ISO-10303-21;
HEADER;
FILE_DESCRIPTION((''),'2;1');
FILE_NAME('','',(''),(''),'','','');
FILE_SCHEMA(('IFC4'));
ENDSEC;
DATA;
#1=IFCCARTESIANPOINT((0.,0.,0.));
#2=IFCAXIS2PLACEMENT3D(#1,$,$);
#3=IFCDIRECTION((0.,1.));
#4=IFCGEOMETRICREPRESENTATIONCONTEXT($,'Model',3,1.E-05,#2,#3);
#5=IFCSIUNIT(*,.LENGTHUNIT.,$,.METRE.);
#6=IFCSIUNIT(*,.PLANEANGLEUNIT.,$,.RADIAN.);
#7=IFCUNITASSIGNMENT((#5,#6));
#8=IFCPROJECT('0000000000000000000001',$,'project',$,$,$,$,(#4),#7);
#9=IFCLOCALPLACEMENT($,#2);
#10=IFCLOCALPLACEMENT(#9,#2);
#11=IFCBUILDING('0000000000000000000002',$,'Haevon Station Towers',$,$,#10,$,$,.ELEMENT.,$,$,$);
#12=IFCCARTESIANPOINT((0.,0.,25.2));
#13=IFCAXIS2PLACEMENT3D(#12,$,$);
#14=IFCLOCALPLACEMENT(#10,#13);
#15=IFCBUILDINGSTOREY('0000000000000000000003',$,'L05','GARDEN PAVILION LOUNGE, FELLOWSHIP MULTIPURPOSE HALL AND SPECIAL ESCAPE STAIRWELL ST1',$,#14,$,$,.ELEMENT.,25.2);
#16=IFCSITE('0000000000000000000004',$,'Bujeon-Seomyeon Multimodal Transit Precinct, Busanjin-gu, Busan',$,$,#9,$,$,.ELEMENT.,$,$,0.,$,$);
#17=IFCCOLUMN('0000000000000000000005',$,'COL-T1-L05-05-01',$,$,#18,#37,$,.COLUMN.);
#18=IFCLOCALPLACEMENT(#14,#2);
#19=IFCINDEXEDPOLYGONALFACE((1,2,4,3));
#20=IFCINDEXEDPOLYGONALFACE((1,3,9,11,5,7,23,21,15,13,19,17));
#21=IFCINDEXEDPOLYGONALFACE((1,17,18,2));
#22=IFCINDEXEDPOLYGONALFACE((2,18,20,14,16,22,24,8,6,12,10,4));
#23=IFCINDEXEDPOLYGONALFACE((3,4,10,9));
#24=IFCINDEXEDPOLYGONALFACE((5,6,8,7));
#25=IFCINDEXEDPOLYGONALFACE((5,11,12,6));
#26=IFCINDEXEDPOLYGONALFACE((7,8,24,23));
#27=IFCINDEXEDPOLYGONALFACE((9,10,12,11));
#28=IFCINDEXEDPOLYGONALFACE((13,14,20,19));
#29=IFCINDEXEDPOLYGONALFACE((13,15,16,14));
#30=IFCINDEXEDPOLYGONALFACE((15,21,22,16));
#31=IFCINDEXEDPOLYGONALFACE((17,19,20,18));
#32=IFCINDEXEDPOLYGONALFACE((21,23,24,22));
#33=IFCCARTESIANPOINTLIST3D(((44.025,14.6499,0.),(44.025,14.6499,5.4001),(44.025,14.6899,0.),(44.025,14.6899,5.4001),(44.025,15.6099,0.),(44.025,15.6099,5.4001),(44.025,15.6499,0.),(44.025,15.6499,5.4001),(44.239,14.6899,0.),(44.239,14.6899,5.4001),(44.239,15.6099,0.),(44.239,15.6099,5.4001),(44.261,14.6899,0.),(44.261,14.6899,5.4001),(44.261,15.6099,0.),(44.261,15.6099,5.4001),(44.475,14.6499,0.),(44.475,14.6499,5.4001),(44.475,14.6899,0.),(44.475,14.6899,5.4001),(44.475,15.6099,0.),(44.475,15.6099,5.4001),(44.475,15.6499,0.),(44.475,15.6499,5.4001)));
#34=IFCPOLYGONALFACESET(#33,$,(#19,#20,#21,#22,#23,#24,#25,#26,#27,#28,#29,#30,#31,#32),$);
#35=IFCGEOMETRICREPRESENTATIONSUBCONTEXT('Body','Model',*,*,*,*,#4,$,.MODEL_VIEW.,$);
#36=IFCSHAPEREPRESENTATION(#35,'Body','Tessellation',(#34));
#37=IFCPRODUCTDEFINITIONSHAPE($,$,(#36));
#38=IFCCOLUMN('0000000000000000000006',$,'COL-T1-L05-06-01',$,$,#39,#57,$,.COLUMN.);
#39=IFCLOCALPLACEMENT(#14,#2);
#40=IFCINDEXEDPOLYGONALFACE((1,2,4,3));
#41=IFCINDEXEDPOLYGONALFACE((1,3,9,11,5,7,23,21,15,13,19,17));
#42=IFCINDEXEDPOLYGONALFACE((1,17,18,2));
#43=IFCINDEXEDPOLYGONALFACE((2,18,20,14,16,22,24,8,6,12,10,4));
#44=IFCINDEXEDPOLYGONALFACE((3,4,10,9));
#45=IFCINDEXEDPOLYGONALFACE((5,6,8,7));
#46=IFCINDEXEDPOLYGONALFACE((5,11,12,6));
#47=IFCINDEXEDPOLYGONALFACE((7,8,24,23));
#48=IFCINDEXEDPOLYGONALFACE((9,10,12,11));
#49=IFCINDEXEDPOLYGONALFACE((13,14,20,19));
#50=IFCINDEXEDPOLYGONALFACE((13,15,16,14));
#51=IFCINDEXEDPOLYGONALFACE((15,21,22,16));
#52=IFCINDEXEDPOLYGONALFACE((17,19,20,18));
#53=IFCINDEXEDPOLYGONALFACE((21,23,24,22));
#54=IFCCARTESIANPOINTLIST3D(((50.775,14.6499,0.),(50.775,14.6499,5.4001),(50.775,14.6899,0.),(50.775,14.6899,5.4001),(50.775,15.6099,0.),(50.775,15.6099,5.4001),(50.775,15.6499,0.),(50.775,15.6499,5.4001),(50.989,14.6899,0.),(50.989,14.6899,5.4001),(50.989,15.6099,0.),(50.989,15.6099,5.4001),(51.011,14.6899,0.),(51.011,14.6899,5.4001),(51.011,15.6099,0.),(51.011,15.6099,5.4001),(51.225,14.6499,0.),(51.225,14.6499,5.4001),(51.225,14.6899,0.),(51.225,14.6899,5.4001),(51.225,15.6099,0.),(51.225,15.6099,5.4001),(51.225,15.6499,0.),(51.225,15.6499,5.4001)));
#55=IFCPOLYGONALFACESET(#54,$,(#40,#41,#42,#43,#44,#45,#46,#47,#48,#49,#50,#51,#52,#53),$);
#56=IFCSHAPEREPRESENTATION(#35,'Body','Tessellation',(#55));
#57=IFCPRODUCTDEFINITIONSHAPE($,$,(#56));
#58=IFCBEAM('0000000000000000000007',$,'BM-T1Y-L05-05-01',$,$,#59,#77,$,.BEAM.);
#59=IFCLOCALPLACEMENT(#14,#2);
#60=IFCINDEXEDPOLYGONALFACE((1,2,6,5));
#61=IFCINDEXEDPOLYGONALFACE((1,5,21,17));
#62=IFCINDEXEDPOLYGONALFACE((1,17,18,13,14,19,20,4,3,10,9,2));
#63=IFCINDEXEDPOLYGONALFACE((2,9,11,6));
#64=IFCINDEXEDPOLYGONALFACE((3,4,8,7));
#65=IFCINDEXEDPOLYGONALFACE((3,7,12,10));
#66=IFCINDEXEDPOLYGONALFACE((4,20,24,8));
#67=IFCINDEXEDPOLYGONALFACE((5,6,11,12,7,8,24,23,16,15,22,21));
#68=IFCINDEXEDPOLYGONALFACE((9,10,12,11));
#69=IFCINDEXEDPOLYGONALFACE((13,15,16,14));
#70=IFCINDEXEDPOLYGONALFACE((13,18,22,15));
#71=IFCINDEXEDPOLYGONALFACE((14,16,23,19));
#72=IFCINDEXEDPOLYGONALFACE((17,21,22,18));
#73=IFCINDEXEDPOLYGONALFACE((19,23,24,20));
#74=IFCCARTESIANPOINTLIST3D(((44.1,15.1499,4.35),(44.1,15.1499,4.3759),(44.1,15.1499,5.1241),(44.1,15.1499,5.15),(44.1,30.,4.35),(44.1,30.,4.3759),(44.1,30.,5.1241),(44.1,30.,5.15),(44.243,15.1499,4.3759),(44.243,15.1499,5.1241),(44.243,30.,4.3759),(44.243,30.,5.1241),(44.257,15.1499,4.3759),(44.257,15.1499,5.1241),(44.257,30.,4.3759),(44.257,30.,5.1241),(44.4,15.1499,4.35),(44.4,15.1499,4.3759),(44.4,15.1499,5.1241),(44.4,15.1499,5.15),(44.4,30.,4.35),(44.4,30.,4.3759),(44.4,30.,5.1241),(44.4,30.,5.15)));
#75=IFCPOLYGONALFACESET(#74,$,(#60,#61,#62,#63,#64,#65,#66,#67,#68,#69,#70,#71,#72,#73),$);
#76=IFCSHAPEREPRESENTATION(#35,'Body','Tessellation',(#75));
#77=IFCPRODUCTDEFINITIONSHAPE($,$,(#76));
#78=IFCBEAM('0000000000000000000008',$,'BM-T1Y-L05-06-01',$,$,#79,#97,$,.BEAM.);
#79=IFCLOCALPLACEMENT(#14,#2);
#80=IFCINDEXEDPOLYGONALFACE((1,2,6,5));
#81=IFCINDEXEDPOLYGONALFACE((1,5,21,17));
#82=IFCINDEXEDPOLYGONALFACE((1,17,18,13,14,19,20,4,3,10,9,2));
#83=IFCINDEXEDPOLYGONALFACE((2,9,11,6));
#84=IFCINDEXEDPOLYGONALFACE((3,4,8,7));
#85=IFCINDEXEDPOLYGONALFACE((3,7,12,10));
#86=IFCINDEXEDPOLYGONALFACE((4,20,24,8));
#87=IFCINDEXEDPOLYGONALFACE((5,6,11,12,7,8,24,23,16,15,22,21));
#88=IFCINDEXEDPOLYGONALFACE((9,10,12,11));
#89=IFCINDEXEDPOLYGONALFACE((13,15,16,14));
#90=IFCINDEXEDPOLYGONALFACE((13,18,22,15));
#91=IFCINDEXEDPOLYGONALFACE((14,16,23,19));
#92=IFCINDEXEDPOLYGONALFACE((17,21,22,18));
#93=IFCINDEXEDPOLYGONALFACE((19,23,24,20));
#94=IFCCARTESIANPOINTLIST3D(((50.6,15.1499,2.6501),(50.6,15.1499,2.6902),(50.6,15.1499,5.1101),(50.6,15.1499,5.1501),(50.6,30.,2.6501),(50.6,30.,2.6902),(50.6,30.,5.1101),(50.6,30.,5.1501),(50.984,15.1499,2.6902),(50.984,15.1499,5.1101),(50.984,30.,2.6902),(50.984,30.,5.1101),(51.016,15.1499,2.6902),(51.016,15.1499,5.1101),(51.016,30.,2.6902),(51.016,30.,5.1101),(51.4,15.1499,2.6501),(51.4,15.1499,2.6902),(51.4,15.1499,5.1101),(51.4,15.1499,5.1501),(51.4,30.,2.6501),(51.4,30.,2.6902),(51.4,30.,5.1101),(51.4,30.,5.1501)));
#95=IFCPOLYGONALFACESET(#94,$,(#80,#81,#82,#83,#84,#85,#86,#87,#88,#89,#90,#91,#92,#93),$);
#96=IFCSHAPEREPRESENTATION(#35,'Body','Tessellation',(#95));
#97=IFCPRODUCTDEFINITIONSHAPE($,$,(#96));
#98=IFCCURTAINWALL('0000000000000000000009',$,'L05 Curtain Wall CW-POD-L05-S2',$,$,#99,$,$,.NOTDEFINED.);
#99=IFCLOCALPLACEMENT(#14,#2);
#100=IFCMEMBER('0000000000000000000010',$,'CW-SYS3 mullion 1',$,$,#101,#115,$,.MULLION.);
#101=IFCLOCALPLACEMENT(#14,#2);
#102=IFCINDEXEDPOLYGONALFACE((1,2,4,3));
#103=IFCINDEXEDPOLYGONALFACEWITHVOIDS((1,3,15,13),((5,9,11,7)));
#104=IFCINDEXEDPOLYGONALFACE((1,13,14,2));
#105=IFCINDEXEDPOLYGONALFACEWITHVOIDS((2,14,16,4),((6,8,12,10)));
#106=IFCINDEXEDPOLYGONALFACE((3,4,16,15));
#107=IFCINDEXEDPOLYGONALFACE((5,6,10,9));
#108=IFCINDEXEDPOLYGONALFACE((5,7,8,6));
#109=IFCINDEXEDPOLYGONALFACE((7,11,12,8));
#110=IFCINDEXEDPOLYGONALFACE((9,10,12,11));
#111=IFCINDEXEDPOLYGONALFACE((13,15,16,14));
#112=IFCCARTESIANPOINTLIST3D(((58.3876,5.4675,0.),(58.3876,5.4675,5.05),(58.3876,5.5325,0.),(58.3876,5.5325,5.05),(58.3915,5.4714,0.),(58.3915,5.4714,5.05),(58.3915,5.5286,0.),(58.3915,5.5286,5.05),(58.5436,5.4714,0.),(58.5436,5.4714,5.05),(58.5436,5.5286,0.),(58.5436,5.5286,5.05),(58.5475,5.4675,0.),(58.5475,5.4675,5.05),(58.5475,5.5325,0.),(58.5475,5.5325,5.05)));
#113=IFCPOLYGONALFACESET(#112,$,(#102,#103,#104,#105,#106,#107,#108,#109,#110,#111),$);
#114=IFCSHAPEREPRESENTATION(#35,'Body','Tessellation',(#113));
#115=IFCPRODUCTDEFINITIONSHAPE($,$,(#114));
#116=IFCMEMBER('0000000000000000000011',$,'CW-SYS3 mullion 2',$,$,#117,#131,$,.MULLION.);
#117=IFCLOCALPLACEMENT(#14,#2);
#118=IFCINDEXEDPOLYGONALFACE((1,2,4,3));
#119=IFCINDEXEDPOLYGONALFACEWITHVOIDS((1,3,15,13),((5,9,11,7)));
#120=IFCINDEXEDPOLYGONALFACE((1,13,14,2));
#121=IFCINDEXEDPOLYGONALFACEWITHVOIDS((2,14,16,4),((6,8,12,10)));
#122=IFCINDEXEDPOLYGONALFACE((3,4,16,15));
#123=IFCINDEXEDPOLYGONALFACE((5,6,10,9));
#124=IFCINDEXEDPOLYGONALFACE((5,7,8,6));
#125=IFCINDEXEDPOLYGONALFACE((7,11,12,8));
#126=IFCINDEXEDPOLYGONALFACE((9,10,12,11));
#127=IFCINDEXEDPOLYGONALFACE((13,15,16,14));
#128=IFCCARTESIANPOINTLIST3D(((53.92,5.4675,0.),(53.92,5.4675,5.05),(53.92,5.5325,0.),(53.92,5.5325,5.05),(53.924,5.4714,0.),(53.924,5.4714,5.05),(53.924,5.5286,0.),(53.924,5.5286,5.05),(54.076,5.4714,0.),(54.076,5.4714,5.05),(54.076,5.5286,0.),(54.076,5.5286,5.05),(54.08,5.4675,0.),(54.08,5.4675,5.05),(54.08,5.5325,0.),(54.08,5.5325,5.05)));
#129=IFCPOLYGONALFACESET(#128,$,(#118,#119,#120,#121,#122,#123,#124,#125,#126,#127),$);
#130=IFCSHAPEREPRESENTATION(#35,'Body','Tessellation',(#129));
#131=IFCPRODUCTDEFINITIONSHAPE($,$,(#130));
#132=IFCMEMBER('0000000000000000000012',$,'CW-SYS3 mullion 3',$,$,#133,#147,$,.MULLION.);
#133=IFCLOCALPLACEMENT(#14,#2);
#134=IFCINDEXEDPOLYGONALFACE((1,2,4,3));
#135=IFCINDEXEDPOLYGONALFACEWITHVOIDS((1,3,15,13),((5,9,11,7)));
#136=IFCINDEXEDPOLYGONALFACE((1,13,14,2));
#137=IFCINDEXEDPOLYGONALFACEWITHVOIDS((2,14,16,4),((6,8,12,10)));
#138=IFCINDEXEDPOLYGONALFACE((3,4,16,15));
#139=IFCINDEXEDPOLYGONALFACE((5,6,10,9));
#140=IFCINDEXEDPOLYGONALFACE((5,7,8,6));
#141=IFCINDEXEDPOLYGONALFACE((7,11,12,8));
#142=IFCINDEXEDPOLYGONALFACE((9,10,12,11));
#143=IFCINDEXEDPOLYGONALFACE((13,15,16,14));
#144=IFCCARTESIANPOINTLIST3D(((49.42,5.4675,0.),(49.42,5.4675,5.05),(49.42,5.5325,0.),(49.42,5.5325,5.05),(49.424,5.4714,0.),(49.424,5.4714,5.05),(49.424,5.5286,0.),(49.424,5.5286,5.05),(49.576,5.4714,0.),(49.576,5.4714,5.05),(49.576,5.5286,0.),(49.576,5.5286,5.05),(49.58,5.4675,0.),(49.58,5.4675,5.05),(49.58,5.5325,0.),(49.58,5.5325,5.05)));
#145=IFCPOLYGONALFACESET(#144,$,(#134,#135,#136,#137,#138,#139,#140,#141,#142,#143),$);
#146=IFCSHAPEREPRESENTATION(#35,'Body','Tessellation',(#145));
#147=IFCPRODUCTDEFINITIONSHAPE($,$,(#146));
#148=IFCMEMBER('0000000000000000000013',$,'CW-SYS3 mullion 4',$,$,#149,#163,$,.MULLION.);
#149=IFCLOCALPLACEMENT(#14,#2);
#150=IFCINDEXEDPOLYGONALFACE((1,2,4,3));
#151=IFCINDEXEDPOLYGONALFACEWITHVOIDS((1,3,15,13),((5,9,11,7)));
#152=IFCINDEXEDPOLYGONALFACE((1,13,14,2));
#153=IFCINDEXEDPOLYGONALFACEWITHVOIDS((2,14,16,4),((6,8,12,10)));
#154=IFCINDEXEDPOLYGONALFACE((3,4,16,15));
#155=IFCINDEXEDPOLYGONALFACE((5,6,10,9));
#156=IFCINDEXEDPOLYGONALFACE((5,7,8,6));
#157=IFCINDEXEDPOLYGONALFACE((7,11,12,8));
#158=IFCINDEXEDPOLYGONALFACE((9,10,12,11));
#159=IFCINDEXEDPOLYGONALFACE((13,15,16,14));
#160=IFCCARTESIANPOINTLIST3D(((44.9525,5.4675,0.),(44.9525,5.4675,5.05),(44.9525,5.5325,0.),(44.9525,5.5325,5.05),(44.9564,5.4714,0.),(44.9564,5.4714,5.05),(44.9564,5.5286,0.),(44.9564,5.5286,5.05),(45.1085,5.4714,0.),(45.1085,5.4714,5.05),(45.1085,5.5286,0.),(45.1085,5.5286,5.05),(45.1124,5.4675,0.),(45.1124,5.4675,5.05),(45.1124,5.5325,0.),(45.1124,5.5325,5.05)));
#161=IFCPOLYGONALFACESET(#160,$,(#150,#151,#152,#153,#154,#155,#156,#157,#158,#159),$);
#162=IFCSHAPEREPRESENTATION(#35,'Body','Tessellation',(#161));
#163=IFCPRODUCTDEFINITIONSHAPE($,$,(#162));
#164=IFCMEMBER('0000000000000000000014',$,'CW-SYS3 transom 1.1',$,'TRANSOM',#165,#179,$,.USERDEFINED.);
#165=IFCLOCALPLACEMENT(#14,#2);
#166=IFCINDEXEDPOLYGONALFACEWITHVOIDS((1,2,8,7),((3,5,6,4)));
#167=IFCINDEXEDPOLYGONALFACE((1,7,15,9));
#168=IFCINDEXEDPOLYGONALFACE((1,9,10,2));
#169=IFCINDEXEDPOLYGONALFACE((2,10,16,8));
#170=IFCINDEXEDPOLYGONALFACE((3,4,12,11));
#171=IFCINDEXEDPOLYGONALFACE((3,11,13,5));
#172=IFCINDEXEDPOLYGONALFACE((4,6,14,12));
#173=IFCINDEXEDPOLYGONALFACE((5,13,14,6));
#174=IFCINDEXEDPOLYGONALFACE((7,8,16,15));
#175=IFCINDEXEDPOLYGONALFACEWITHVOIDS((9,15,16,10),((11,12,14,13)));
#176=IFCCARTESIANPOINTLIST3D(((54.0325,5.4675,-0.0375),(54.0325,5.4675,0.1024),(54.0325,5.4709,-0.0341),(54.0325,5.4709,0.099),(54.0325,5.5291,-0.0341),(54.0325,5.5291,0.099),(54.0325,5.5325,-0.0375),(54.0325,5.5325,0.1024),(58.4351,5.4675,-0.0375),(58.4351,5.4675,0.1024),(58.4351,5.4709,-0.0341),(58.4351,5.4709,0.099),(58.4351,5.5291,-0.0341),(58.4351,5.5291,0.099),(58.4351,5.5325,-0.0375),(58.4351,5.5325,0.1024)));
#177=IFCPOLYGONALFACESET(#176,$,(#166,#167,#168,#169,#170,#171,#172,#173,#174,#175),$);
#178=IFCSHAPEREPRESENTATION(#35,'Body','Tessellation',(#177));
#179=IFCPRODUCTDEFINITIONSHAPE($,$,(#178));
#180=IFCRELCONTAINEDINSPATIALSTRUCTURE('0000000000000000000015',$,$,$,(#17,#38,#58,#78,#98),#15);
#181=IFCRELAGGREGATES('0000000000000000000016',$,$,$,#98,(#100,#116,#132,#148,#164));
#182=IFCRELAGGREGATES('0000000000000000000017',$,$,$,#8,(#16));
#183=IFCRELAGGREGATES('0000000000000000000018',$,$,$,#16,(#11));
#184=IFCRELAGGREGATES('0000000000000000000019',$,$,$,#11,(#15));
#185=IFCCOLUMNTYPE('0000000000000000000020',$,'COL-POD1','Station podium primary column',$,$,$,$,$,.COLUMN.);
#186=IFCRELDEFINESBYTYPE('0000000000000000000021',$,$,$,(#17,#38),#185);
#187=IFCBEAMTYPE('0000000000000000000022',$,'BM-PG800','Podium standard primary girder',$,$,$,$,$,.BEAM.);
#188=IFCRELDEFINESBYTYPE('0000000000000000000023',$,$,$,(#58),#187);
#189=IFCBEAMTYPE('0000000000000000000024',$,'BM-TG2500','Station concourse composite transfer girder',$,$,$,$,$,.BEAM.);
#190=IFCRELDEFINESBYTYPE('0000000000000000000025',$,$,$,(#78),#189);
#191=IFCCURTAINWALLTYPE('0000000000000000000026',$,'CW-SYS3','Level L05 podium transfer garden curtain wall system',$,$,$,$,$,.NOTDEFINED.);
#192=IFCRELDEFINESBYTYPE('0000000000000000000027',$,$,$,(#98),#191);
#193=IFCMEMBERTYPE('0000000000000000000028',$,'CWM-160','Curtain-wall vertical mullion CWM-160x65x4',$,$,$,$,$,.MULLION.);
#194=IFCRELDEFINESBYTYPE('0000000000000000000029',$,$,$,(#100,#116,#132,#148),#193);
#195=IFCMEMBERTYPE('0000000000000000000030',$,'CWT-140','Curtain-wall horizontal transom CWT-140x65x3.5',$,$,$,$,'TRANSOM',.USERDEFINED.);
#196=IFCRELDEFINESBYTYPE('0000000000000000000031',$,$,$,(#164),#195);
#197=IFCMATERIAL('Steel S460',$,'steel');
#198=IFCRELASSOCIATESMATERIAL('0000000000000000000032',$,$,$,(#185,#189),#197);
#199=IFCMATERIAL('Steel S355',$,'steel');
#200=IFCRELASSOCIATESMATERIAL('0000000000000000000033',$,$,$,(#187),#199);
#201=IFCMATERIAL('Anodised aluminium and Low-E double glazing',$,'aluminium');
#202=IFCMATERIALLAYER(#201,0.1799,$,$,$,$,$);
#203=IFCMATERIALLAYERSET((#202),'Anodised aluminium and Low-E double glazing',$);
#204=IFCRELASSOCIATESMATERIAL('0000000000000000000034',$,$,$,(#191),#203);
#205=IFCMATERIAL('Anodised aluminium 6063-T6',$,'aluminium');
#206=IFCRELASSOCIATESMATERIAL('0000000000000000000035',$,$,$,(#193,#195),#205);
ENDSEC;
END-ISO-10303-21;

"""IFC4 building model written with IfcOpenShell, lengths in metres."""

from ifc_helpers import new_model, si_unit, direction, frame, origin, origin_2d, place, context, subcontext, project, spatial, hollow_rectangle, i_section, extrude, material, layer, layer_set, material_profile, profile_set, type_object, element, aggregate, save


model = new_model("IFC4")

# Units and contexts
model_context = context("Model", 3, precision=1e-05, world=origin(), true_north=direction((0.0, 1.0)))
body_context = subcontext(model_context, "Body", "Model", "MODEL_VIEW")
ifc_project = project(units=[si_unit("LENGTHUNIT", "METRE"), si_unit("PLANEANGLEUNIT", "RADIAN")], contexts=[model_context])

# Site, building, storey
site_placement = place(None, origin())
site = spatial("IfcSite", under=ifc_project, at=site_placement, Name="Bujeon-Seomyeon Multimodal Transit Precinct, Busanjin-gu, Busan", CompositionType="ELEMENT", RefElevation=0.0)
building_placement = place(site_placement, origin())
building = spatial("IfcBuilding", under=site, at=building_placement, Name="Haevon Station Towers", CompositionType="ELEMENT")
storey_placement = place(building_placement, frame((0.0, 0.0, 25.2)))
storey = spatial("IfcBuildingStorey", under=building, at=storey_placement, Name="L05", Description="GARDEN PAVILION LOUNGE, FELLOWSHIP MULTIPURPOSE HALL AND SPECIAL ESCAPE STAIRWELL ST1", CompositionType="ELEMENT", Elevation=25.2)

# Columns
ifc_material_1 = material(Name="Steel S460", Category="steel")
ifc_material_profile_1 = material_profile(ifc_material_1, i_section(OverallWidth=0.45, OverallDepth=1.0, WebThickness=0.022, FlangeThickness=0.04, at=origin_2d()), Name="H-1000x450x22x40")
ifc_profile_set_1 = profile_set([ifc_material_profile_1], Name="Steel S460")
column_type = type_object("IfcColumnType", Name="COL-POD1", Description="Station podium primary column", PredefinedType="COLUMN", material=ifc_profile_set_1)
for number, where, z_axis, x_axis, name in (
    (1, (44.25, 15.1499, 0.0), (0.0, 0.0, 1.0), (1.0, 0.0, 0.0), "COL-T1-L05-05-01"),
    (2, (51.0, 15.1499, 0.0), (0.0, 0.0, 1.0), (1.0, 0.0, 0.0), "COL-T1-L05-06-01"),
):
    element("IfcColumn", number, at=place(storey_placement, frame(where, z_axis=z_axis, x_axis=x_axis)), inside=storey, type_object=column_type, Name=name, PredefinedType="COLUMN", context=body_context, shape_type="SweptSolid", body=[
        extrude(i_section(OverallWidth=0.45, OverallDepth=1.0, WebThickness=0.022, FlangeThickness=0.04, at=origin_2d()), origin(), (0.0, 0.0, 1.0), 5.4001),
    ])

# Beams
ifc_material_2 = material(Name="Steel S355", Category="steel")
ifc_material_profile_2 = material_profile(ifc_material_2, i_section(OverallWidth=0.3, OverallDepth=0.8, WebThickness=0.0139, FlangeThickness=0.0259, at=origin_2d()), Name="H-800x300x14x26")
ifc_profile_set_2 = profile_set([ifc_material_profile_2], Name="Steel S355")
beam_type_1 = type_object("IfcBeamType", Name="BM-PG800", Description="Podium standard primary girder", PredefinedType="BEAM", material=ifc_profile_set_2)
beam_1_placement = place(storey_placement, frame((44.25, 15.1499, 4.75), z_axis=(0.0, 1.0, 0.0), x_axis=(-1.0, 0.0, 0.0)))
element("IfcBeam", 3, at=beam_1_placement, inside=storey, type_object=beam_type_1, Name="BM-T1Y-L05-05-01", PredefinedType="BEAM", context=body_context, shape_type="SweptSolid", body=[
    extrude(i_section(OverallWidth=0.3, OverallDepth=0.8, WebThickness=0.0139, FlangeThickness=0.0259, at=origin_2d()), origin(), (0.0, 0.0, 1.0), 14.8501),
])
ifc_material_profile_3 = material_profile(ifc_material_1, i_section(OverallWidth=0.8, OverallDepth=2.5, WebThickness=0.032, FlangeThickness=0.04, at=origin_2d()), Name="H-2500x800x32x40")
ifc_profile_set_3 = profile_set([ifc_material_profile_3], Name="Steel S460")
beam_type_2 = type_object("IfcBeamType", Name="BM-TG2500", Description="Station concourse composite transfer girder", PredefinedType="BEAM", material=ifc_profile_set_3)
beam_2_placement = place(storey_placement, frame((51.0, 15.1499, 3.9001), z_axis=(0.0, 1.0, 0.0), x_axis=(-1.0, 0.0, 0.0)))
element("IfcBeam", 4, at=beam_2_placement, inside=storey, type_object=beam_type_2, Name="BM-T1Y-L05-06-01", PredefinedType="BEAM", context=body_context, shape_type="SweptSolid", body=[
    extrude(i_section(OverallWidth=0.8, OverallDepth=2.5, WebThickness=0.032, FlangeThickness=0.04, at=origin_2d()), origin(), (0.0, 0.0, 1.0), 14.8501),
])

# Curtain wall, members
ifc_material_3 = material(Name="Anodised aluminium and Low-E double glazing", Category="aluminium")
ifc_layer_1 = layer(ifc_material_3, 0.1799)
ifc_layer_set_1 = layer_set([ifc_layer_1], Name="Anodised aluminium and Low-E double glazing")
curtain_wall_type = type_object("IfcCurtainWallType", Name="CW-SYS3", Description="Level L05 podium transfer garden curtain wall system", PredefinedType="NOTDEFINED", material=ifc_layer_set_1)
curtain_wall_placement = place(storey_placement, origin())
curtain_wall = element("IfcCurtainWall", 5, at=curtain_wall_placement, inside=storey, type_object=curtain_wall_type, Name="L05 Curtain Wall CW-POD-L05-S2", PredefinedType="NOTDEFINED")
ifc_material_4 = material(Name="Anodised aluminium 6063-T6", Category="aluminium")
ifc_material_profile_4 = material_profile(ifc_material_4, hollow_rectangle(XDim=0.0649, YDim=0.1599, WallThickness=0.0039, at=origin_2d()), Name="CWM-160x65x4")
ifc_profile_set_4 = profile_set([ifc_material_profile_4], Name="Anodised aluminium 6063-T6")
member_type_1 = type_object("IfcMemberType", Name="CWM-160", Description="Curtain-wall vertical mullion CWM-160x65x4", PredefinedType="MULLION", material=ifc_profile_set_4)
member_1_placement = place(storey_placement, frame((58.4675, 5.5, 0.0), z_axis=(0.0, 0.0, 1.0), x_axis=(0.0, -1.0, 0.0)))
member_1 = element("IfcMember", 6, at=member_1_placement, type_object=member_type_1, Name="CW-SYS3 mullion 1", PredefinedType="MULLION", context=body_context, shape_type="SweptSolid", body=[
    extrude(hollow_rectangle(XDim=0.0649, YDim=0.1599, WallThickness=0.0039, at=origin_2d()), origin(), (0.0, 0.0, 1.0), 5.05),
])
member_2_placement = place(storey_placement, frame((54.0, 5.5, 0.0), z_axis=(0.0, 0.0, 1.0), x_axis=(0.0, -1.0, 0.0)))
member_2 = element("IfcMember", 7, at=member_2_placement, type_object=member_type_1, Name="CW-SYS3 mullion 2", PredefinedType="MULLION", context=body_context, shape_type="SweptSolid", body=[
    extrude(hollow_rectangle(XDim=0.0649, YDim=0.1599, WallThickness=0.0039, at=origin_2d()), origin(), (0.0, 0.0, 1.0), 5.05),
])
member_3_placement = place(storey_placement, frame((49.5, 5.5, 0.0), z_axis=(0.0, 0.0, 1.0), x_axis=(0.0, -1.0, 0.0)))
member_3 = element("IfcMember", 8, at=member_3_placement, type_object=member_type_1, Name="CW-SYS3 mullion 3", PredefinedType="MULLION", context=body_context, shape_type="SweptSolid", body=[
    extrude(hollow_rectangle(XDim=0.0649, YDim=0.1599, WallThickness=0.0039, at=origin_2d()), origin(), (0.0, 0.0, 1.0), 5.05),
])
member_4_placement = place(storey_placement, frame((45.0325, 5.5, 0.0), z_axis=(0.0, 0.0, 1.0), x_axis=(0.0, -1.0, 0.0)))
member_4 = element("IfcMember", 9, at=member_4_placement, type_object=member_type_1, Name="CW-SYS3 mullion 4", PredefinedType="MULLION", context=body_context, shape_type="SweptSolid", body=[
    extrude(hollow_rectangle(XDim=0.0649, YDim=0.1599, WallThickness=0.0039, at=origin_2d()), origin(), (0.0, 0.0, 1.0), 5.05),
])
ifc_material_profile_5 = material_profile(ifc_material_4, hollow_rectangle(XDim=0.0649, YDim=0.1399, WallThickness=0.0034, at=origin_2d()), Name="CWT-140x65x3.5")
ifc_profile_set_5 = profile_set([ifc_material_profile_5], Name="Anodised aluminium 6063-T6")
member_type_2 = type_object("IfcMemberType", Name="CWT-140", Description="Curtain-wall horizontal transom CWT-140x65x3.5", ElementType="TRANSOM", PredefinedType="USERDEFINED", material=ifc_profile_set_5)
member_5_placement = place(storey_placement, frame((58.4351, 5.5, 0.0325), z_axis=(-1.0, 0.0, 0.0), x_axis=(0.0, -1.0, 0.0)))
member_5 = element("IfcMember", 10, at=member_5_placement, type_object=member_type_2, Name="CW-SYS3 transom 1.1", ObjectType="TRANSOM", PredefinedType="USERDEFINED", context=body_context, shape_type="SweptSolid", body=[
    extrude(hollow_rectangle(XDim=0.0649, YDim=0.1399, WallThickness=0.0034, at=origin_2d()), origin(), (0.0, 0.0, 1.0), 4.4026),
])
aggregate(curtain_wall, [member_1, member_2, member_3, member_4, member_5])

save(model, "model.ifc")
